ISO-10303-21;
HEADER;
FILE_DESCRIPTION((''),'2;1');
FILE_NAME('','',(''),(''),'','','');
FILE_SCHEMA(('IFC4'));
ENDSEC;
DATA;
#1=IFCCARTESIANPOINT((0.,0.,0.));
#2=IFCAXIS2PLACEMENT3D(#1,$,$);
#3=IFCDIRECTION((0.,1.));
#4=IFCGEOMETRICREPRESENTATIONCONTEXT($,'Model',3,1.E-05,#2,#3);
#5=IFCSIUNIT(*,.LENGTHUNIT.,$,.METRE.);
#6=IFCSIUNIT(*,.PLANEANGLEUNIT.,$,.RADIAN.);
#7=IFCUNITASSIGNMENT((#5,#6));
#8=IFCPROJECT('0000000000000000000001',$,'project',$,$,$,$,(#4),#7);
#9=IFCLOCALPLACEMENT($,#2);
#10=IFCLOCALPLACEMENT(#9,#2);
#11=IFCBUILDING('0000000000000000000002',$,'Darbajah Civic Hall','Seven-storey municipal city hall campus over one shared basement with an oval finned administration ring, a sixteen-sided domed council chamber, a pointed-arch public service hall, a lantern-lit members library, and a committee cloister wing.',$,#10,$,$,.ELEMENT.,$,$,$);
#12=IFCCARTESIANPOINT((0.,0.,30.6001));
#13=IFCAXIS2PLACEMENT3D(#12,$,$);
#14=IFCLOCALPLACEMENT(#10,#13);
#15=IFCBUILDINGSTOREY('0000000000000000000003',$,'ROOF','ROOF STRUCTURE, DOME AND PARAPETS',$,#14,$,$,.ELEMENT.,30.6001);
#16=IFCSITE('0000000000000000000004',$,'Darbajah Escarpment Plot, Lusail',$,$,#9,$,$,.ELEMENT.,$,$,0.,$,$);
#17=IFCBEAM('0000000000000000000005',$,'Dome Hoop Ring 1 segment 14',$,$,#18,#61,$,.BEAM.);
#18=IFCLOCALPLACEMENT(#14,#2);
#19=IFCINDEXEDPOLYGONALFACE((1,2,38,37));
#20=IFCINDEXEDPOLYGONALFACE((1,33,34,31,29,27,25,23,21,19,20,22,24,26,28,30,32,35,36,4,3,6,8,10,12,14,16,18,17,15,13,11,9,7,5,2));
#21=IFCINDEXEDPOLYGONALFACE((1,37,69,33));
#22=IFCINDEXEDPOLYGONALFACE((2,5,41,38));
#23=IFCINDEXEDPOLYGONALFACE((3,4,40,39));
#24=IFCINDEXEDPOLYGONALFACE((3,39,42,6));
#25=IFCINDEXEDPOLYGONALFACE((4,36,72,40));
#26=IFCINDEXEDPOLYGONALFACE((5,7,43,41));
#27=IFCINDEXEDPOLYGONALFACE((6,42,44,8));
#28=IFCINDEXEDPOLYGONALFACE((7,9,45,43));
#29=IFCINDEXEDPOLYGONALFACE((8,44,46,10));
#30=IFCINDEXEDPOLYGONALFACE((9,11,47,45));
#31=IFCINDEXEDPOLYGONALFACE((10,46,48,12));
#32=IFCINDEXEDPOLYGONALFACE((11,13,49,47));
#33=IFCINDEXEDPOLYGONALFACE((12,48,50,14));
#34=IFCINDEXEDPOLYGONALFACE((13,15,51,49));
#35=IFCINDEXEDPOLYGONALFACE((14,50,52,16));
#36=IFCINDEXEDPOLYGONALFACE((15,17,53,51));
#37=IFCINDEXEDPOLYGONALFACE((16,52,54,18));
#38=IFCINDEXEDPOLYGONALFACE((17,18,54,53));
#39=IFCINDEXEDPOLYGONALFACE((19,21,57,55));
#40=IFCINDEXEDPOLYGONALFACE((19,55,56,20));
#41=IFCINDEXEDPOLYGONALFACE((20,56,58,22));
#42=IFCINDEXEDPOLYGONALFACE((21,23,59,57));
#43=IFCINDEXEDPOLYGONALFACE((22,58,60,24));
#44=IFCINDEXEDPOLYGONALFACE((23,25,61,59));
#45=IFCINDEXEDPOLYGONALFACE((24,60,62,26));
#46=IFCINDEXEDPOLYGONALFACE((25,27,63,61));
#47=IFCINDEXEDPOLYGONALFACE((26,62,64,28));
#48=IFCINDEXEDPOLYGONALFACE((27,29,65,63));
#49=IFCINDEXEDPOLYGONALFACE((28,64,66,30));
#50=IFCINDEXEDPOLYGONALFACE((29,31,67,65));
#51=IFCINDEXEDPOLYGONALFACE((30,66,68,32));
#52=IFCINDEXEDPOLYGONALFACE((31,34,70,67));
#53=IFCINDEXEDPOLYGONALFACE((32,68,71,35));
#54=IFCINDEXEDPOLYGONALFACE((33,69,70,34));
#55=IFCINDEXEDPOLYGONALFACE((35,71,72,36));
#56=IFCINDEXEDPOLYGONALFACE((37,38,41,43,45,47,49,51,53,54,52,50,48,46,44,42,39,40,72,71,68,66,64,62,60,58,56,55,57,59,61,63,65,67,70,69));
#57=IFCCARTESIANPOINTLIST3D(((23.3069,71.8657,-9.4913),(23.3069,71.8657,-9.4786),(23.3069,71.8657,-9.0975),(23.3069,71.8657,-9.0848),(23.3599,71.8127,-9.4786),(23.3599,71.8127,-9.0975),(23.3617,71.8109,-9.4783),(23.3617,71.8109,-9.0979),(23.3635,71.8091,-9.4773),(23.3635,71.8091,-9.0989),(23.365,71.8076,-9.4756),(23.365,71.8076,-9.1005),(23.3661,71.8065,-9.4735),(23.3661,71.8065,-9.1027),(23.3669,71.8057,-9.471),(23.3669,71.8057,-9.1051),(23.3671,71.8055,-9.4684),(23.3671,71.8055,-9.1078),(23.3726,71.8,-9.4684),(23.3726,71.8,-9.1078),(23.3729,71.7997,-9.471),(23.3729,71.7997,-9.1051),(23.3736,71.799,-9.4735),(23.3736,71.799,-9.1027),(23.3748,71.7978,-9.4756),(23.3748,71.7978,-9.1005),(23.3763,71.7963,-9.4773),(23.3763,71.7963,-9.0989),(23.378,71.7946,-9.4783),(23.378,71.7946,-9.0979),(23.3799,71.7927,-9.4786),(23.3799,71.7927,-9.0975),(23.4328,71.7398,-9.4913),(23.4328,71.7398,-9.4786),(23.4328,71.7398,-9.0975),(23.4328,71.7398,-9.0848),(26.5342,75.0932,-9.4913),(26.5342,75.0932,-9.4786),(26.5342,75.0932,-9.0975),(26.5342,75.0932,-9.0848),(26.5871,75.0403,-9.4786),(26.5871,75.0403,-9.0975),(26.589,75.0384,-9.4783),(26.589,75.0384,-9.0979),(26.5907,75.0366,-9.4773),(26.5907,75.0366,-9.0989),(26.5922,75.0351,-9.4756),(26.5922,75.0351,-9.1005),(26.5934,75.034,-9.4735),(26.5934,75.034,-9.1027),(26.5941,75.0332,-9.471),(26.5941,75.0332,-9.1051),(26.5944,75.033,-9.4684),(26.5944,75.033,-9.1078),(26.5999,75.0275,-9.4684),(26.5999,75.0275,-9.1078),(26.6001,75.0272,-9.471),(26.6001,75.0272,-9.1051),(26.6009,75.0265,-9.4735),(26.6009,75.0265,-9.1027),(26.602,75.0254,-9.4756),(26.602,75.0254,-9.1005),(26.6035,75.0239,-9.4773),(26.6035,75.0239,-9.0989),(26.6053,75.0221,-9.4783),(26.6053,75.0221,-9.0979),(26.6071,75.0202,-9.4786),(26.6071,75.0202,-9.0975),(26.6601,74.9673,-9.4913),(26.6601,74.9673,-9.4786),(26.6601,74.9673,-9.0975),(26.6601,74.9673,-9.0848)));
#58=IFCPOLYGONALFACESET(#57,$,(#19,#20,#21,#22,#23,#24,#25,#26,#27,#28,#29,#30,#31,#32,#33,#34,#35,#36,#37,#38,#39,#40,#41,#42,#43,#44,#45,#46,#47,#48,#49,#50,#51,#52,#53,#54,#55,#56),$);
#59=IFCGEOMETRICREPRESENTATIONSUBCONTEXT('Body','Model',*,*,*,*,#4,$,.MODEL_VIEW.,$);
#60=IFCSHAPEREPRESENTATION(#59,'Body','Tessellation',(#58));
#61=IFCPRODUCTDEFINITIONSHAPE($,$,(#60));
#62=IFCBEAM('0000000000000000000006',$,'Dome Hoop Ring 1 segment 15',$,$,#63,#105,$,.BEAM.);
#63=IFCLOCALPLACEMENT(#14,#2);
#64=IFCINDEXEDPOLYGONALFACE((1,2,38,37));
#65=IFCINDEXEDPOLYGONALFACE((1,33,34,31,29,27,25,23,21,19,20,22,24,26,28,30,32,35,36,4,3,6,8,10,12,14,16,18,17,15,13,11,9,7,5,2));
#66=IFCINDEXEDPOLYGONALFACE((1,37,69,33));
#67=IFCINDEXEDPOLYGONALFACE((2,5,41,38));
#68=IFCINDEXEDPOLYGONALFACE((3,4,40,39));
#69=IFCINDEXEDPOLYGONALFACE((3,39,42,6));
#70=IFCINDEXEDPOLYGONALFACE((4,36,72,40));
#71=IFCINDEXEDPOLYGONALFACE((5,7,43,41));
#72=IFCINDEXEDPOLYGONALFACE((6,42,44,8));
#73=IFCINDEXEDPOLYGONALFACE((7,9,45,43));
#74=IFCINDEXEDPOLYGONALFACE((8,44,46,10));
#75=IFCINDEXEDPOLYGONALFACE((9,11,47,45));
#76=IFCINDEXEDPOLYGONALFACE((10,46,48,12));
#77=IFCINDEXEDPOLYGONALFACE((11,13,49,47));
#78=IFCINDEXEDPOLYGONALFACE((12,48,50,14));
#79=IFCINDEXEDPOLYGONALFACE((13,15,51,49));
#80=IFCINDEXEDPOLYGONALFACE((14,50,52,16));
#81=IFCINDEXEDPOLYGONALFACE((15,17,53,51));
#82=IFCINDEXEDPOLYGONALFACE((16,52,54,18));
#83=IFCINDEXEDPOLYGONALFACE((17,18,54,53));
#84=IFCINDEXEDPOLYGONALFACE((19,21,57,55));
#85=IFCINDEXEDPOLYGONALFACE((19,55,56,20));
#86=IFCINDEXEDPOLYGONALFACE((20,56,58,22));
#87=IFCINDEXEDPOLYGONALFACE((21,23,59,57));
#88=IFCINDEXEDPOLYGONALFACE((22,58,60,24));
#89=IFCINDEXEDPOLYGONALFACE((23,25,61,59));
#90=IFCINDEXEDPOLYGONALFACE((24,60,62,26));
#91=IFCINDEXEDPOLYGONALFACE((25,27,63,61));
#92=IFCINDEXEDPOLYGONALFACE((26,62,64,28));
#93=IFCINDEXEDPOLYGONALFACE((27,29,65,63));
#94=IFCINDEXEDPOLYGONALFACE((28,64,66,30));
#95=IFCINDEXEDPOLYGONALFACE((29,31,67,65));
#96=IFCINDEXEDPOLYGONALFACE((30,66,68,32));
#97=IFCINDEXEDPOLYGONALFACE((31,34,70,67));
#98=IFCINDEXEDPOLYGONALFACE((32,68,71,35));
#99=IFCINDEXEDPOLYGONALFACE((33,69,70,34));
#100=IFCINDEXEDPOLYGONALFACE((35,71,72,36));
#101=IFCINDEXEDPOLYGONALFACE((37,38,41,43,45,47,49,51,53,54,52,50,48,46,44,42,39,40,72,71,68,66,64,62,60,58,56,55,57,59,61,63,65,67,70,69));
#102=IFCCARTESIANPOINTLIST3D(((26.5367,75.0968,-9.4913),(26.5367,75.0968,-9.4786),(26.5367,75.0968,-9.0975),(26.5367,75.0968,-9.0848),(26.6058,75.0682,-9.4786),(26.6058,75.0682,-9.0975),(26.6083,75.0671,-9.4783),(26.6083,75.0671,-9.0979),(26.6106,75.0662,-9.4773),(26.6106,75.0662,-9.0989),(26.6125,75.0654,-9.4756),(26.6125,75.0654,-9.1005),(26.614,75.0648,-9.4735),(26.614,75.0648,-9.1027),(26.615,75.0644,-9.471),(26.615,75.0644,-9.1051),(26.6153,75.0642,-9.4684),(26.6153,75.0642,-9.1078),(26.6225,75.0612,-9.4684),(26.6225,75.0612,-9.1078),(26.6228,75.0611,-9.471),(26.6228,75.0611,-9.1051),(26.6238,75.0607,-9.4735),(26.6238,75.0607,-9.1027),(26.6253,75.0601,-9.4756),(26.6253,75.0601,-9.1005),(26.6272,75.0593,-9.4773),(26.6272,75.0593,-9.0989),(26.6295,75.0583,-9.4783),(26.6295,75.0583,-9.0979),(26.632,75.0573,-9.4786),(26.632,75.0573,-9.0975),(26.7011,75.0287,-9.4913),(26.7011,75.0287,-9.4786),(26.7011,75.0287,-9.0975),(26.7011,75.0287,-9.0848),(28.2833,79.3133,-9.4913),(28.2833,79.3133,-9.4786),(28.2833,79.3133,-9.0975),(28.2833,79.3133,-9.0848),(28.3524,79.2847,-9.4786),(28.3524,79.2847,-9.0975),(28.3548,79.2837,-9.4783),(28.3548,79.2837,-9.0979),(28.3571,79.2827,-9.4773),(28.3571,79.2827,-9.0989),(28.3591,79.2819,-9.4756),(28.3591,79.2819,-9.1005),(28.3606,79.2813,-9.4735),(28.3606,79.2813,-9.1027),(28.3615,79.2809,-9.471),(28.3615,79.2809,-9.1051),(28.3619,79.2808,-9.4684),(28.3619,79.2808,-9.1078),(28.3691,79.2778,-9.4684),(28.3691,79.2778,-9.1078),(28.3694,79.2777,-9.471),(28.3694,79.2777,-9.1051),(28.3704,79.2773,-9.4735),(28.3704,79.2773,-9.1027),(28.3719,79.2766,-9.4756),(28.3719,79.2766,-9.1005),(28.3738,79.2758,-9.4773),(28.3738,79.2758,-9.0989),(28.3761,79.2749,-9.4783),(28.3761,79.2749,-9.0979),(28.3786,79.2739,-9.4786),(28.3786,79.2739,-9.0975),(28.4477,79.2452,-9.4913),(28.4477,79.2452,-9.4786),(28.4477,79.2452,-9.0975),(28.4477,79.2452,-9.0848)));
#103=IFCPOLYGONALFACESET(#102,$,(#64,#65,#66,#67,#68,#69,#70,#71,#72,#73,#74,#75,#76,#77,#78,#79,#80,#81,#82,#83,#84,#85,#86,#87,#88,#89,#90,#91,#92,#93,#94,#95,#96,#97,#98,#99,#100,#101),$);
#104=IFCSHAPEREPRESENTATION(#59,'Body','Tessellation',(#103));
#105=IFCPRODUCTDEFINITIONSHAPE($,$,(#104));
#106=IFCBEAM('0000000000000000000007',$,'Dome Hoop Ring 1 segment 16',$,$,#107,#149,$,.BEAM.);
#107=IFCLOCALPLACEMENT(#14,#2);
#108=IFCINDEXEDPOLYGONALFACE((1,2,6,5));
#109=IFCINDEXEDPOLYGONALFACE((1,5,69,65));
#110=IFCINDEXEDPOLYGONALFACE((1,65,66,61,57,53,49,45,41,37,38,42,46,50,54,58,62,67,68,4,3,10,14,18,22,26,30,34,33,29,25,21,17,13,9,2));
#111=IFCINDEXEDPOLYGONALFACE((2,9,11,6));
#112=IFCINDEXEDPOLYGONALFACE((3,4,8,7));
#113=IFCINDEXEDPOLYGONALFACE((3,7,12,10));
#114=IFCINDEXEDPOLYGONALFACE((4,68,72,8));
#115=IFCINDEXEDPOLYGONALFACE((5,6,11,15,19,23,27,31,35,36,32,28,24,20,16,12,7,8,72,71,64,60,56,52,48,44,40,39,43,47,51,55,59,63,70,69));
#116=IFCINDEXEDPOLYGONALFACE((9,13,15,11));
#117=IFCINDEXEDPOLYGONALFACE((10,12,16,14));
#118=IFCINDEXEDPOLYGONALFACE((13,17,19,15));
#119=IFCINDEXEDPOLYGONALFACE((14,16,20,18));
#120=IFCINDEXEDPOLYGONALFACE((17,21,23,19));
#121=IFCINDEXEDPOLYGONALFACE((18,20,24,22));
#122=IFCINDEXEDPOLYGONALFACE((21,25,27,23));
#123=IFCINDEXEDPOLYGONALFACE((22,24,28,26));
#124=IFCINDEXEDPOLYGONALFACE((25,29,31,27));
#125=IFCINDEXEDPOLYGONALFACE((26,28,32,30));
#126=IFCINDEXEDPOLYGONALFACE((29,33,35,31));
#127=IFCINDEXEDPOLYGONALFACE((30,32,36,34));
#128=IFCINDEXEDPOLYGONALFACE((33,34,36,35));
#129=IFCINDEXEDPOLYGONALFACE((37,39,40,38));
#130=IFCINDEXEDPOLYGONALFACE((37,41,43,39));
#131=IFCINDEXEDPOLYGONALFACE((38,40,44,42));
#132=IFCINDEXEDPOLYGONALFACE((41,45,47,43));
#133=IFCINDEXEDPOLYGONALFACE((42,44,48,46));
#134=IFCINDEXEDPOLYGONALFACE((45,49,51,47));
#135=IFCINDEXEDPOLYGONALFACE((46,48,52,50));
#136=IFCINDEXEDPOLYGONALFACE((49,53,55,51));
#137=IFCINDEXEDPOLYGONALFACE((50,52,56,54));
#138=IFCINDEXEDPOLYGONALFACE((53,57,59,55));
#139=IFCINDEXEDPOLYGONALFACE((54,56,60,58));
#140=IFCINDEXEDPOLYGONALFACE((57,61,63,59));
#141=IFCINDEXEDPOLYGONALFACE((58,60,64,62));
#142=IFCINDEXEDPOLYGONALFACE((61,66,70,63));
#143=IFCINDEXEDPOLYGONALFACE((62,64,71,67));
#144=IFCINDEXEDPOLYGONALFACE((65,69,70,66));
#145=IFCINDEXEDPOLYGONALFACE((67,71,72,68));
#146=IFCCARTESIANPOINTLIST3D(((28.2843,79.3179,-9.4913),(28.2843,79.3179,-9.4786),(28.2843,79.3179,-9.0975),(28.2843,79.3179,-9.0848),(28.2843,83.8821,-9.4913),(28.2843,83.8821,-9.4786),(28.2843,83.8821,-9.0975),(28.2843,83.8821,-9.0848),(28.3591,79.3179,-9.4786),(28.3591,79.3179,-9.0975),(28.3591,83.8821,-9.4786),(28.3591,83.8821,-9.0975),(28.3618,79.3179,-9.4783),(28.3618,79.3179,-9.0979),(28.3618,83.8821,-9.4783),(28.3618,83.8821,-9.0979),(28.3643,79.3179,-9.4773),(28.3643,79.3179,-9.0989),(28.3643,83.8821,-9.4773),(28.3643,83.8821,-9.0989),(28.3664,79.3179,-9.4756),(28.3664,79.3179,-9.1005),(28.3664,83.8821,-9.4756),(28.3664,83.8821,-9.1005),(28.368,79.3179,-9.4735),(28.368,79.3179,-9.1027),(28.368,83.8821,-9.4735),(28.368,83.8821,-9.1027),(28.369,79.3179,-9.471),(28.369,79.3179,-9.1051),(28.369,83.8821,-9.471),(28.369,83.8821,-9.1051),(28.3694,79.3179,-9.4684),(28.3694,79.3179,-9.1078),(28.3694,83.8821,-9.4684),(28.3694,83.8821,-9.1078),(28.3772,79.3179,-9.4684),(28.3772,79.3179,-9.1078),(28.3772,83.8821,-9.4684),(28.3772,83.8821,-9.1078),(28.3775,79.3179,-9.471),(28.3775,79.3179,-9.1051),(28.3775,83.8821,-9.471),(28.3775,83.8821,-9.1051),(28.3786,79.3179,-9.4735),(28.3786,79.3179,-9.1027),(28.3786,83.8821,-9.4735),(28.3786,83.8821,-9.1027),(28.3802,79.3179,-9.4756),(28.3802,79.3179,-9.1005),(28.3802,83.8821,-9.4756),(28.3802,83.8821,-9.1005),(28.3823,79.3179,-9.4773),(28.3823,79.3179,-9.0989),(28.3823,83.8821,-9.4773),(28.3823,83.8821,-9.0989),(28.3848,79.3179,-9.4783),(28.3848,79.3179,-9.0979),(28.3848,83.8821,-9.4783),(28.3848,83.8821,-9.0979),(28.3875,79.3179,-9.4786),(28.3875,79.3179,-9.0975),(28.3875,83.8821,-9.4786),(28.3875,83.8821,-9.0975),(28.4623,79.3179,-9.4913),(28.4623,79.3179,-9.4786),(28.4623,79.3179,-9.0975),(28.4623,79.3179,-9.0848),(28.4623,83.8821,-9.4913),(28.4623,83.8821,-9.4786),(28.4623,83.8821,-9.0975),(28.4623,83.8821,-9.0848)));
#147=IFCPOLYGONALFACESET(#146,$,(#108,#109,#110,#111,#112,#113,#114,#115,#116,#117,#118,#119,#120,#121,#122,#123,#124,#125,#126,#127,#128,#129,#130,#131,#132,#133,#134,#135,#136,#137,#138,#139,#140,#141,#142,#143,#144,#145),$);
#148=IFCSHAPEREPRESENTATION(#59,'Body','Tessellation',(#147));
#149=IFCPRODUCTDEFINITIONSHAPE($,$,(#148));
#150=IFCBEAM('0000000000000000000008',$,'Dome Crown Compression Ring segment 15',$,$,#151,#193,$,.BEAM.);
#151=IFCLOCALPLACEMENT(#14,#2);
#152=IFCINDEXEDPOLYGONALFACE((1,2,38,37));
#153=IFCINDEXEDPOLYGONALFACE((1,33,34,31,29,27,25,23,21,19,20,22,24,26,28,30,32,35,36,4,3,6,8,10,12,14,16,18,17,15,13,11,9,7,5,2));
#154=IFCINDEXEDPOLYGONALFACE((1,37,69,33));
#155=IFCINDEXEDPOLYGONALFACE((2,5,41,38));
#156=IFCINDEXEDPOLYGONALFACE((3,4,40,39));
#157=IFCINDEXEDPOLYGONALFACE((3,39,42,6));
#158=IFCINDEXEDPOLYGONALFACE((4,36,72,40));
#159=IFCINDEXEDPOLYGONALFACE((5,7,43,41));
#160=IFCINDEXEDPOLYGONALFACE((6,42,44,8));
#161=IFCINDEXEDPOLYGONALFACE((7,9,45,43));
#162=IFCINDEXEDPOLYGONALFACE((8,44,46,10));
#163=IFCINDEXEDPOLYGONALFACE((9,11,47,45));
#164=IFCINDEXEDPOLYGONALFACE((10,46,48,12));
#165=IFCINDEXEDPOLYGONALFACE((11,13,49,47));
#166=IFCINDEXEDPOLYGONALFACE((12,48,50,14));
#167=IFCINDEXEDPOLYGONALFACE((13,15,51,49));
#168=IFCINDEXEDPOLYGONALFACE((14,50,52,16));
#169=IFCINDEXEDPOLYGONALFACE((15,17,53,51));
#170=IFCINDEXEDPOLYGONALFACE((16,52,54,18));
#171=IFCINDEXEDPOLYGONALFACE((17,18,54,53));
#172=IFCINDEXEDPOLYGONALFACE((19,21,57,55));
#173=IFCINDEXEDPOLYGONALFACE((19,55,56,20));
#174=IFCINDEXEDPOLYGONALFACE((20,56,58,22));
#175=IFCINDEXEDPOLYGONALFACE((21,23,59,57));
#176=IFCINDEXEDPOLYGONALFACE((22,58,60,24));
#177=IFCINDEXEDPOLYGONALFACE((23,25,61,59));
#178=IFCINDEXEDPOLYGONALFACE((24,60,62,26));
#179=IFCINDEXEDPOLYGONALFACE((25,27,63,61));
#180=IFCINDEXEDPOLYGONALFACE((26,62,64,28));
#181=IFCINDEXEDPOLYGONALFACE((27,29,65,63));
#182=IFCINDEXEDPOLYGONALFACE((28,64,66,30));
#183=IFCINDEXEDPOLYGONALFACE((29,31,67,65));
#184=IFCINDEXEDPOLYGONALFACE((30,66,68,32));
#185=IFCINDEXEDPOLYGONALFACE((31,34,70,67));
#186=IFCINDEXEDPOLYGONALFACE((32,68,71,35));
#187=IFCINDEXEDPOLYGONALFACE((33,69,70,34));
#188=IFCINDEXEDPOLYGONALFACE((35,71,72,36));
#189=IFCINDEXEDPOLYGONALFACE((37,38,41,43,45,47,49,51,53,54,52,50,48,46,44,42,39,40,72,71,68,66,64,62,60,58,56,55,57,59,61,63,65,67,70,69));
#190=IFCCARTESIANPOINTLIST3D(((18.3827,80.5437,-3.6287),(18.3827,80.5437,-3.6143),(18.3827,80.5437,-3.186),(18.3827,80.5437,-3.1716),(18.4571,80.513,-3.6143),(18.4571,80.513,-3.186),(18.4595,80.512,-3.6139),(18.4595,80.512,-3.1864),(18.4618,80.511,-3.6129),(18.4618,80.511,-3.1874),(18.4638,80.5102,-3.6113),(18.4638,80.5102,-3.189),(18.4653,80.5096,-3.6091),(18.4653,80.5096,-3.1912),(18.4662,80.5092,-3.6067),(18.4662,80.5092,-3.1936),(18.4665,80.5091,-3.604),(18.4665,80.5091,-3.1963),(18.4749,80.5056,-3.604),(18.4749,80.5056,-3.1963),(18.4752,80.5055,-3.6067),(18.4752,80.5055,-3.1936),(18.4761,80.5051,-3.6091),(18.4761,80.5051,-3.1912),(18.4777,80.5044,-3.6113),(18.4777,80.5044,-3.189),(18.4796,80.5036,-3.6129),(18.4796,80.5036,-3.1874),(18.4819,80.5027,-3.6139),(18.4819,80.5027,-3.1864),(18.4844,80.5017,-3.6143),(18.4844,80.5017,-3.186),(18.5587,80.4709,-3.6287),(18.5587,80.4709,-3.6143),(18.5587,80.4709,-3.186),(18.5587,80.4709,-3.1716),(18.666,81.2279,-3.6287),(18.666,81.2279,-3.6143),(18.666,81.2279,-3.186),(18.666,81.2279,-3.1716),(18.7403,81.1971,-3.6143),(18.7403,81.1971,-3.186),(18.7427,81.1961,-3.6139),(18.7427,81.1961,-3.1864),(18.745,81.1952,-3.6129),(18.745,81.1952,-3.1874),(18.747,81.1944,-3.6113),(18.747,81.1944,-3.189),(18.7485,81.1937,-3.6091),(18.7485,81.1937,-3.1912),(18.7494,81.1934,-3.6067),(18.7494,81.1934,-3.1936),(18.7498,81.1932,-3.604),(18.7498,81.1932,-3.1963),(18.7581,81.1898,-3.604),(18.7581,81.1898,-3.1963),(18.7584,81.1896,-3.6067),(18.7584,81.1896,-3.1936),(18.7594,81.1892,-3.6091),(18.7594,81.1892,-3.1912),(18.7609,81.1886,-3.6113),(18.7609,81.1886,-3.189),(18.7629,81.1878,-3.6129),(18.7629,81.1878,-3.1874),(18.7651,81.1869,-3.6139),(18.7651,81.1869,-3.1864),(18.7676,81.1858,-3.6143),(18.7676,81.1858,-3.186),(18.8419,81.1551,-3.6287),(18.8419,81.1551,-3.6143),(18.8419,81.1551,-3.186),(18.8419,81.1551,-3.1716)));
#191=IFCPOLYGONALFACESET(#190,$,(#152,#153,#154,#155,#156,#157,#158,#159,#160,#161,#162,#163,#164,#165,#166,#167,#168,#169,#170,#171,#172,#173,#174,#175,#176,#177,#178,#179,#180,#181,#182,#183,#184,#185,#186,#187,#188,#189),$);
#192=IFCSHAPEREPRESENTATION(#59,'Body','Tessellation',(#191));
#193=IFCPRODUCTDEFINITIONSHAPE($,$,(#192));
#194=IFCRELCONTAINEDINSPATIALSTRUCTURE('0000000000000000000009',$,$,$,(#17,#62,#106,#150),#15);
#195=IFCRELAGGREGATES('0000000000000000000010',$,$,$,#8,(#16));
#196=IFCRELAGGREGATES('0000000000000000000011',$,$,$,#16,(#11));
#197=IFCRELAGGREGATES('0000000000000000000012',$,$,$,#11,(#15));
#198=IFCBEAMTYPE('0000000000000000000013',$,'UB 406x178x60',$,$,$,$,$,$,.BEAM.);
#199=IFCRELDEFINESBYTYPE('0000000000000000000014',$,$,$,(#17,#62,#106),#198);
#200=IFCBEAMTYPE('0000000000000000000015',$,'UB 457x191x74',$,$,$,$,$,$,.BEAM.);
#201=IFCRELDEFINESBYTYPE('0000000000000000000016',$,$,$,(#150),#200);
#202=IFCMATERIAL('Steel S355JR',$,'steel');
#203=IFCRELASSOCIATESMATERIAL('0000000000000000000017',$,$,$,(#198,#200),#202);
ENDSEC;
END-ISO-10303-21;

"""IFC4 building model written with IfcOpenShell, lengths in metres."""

from ifc_helpers import new_model, si_unit, direction, frame, origin, origin_2d, place, context, subcontext, project, spatial, i_section, extrude, material, material_profile, profile_set, type_object, element, save


model = new_model("IFC4")

# Units and contexts
model_context = context("Model", 3, precision=1e-05, world=origin(), true_north=direction((0.0, 1.0)))
body_context = subcontext(model_context, "Body", "Model", "MODEL_VIEW")
ifc_project = project(units=[si_unit("LENGTHUNIT", "METRE"), si_unit("PLANEANGLEUNIT", "RADIAN")], contexts=[model_context])

# Site, building, storey
site_placement = place(None, origin())
site = spatial("IfcSite", under=ifc_project, at=site_placement, Name="Darbajah Escarpment Plot, Lusail", CompositionType="ELEMENT", RefElevation=0.0)
building_placement = place(site_placement, origin())
building = spatial("IfcBuilding", under=site, at=building_placement, Name="Darbajah Civic Hall", Description="Seven-storey municipal city hall campus over one shared basement with an oval finned administration ring, a sixteen-sided domed council chamber, a pointed-arch public service hall, a lantern-lit members library, and a committee cloister wing.", CompositionType="ELEMENT")
storey_placement = place(building_placement, frame((0.0, 0.0, 30.6001)))
storey = spatial("IfcBuildingStorey", under=building, at=storey_placement, Name="ROOF", Description="ROOF STRUCTURE, DOME AND PARAPETS", CompositionType="ELEMENT", Elevation=30.6001)

# Shared definitions
ifc_material = material(Name="Steel S355JR", Category="steel")

# Beams
ifc_material_profile_1 = material_profile(ifc_material, i_section(OverallWidth=0.178, OverallDepth=0.4065, WebThickness=0.0078, FlangeThickness=0.0127, FilletRadius=0.0103, at=origin_2d()), Name="UB 406x178x60")
ifc_profile_set_1 = profile_set([ifc_material_profile_1], Name="Steel S355JR")
beam_type_1 = type_object("IfcBeamType", Name="UB 406x178x60", PredefinedType="BEAM", material=ifc_profile_set_1)
beam_1_placement = place(storey_placement, frame((23.3699, 71.8027, -9.2881), z_axis=(0.70708, 0.707134, 0.0), x_axis=(-0.707134, 0.70708, 0.0)))
element("IfcBeam", 1, at=beam_1_placement, inside=storey, type_object=beam_type_1, Name="Dome Hoop Ring 1 segment 14", PredefinedType="BEAM", context=body_context, shape_type="SweptSolid", body=[
    extrude(i_section(OverallWidth=0.178, OverallDepth=0.4065, WebThickness=0.0078, FlangeThickness=0.0127, FilletRadius=0.0103, at=origin_2d()), origin(), (0.0, 0.0, 1.0), 4.5642),
])
beam_2_placement = place(storey_placement, frame((26.6189, 75.0627, -9.2881), z_axis=(0.382689, 0.923877, 0.0), x_axis=(-0.923877, 0.382689, 0.0)))
element("IfcBeam", 2, at=beam_2_placement, inside=storey, type_object=beam_type_1, Name="Dome Hoop Ring 1 segment 15", PredefinedType="BEAM", context=body_context, shape_type="SweptSolid", body=[
    extrude(i_section(OverallWidth=0.178, OverallDepth=0.4065, WebThickness=0.0078, FlangeThickness=0.0127, FilletRadius=0.0103, at=origin_2d()), origin(), (0.0, 0.0, 1.0), 4.564),
])
beam_3_placement = place(storey_placement, frame((28.3733, 79.3179, -9.2881), z_axis=(0.0, 1.0, 0.0), x_axis=(-1.0, 0.0, 0.0)))
element("IfcBeam", 3, at=beam_3_placement, inside=storey, type_object=beam_type_1, Name="Dome Hoop Ring 1 segment 16", PredefinedType="BEAM", context=body_context, shape_type="SweptSolid", body=[
    extrude(i_section(OverallWidth=0.178, OverallDepth=0.4065, WebThickness=0.0078, FlangeThickness=0.0127, FilletRadius=0.0103, at=origin_2d()), origin(), (0.0, 0.0, 1.0), 4.5642),
])
ifc_material_profile_2 = material_profile(ifc_material, i_section(OverallWidth=0.1904, OverallDepth=0.457, WebThickness=0.009, FlangeThickness=0.0144, FilletRadius=0.0103, at=origin_2d()), Name="UB 457x191x74")
ifc_profile_set_2 = profile_set([ifc_material_profile_2], Name="Steel S355JR")
beam_type_2 = type_object("IfcBeamType", Name="UB 457x191x74", PredefinedType="BEAM", material=ifc_profile_set_2)
for number, where, z_axis, x_axis, name in (
    (4, (18.4707, 80.5073, -3.4001), (0.382507, 0.923953, 0.0), (-0.923953, 0.382507, 0.0), "Dome Crown Compression Ring segment 15"),
):
    element("IfcBeam", number, at=place(storey_placement, frame(where, z_axis=z_axis, x_axis=x_axis)), inside=storey, type_object=beam_type_2, Name=name, PredefinedType="BEAM", context=body_context, shape_type="SweptSolid", body=[
        extrude(i_section(OverallWidth=0.1904, OverallDepth=0.457, WebThickness=0.009, FlangeThickness=0.0144, FilletRadius=0.0103, at=origin_2d()), origin(), (0.0, 0.0, 1.0), 0.7405),
    ])

save(model, "model.ifc")
